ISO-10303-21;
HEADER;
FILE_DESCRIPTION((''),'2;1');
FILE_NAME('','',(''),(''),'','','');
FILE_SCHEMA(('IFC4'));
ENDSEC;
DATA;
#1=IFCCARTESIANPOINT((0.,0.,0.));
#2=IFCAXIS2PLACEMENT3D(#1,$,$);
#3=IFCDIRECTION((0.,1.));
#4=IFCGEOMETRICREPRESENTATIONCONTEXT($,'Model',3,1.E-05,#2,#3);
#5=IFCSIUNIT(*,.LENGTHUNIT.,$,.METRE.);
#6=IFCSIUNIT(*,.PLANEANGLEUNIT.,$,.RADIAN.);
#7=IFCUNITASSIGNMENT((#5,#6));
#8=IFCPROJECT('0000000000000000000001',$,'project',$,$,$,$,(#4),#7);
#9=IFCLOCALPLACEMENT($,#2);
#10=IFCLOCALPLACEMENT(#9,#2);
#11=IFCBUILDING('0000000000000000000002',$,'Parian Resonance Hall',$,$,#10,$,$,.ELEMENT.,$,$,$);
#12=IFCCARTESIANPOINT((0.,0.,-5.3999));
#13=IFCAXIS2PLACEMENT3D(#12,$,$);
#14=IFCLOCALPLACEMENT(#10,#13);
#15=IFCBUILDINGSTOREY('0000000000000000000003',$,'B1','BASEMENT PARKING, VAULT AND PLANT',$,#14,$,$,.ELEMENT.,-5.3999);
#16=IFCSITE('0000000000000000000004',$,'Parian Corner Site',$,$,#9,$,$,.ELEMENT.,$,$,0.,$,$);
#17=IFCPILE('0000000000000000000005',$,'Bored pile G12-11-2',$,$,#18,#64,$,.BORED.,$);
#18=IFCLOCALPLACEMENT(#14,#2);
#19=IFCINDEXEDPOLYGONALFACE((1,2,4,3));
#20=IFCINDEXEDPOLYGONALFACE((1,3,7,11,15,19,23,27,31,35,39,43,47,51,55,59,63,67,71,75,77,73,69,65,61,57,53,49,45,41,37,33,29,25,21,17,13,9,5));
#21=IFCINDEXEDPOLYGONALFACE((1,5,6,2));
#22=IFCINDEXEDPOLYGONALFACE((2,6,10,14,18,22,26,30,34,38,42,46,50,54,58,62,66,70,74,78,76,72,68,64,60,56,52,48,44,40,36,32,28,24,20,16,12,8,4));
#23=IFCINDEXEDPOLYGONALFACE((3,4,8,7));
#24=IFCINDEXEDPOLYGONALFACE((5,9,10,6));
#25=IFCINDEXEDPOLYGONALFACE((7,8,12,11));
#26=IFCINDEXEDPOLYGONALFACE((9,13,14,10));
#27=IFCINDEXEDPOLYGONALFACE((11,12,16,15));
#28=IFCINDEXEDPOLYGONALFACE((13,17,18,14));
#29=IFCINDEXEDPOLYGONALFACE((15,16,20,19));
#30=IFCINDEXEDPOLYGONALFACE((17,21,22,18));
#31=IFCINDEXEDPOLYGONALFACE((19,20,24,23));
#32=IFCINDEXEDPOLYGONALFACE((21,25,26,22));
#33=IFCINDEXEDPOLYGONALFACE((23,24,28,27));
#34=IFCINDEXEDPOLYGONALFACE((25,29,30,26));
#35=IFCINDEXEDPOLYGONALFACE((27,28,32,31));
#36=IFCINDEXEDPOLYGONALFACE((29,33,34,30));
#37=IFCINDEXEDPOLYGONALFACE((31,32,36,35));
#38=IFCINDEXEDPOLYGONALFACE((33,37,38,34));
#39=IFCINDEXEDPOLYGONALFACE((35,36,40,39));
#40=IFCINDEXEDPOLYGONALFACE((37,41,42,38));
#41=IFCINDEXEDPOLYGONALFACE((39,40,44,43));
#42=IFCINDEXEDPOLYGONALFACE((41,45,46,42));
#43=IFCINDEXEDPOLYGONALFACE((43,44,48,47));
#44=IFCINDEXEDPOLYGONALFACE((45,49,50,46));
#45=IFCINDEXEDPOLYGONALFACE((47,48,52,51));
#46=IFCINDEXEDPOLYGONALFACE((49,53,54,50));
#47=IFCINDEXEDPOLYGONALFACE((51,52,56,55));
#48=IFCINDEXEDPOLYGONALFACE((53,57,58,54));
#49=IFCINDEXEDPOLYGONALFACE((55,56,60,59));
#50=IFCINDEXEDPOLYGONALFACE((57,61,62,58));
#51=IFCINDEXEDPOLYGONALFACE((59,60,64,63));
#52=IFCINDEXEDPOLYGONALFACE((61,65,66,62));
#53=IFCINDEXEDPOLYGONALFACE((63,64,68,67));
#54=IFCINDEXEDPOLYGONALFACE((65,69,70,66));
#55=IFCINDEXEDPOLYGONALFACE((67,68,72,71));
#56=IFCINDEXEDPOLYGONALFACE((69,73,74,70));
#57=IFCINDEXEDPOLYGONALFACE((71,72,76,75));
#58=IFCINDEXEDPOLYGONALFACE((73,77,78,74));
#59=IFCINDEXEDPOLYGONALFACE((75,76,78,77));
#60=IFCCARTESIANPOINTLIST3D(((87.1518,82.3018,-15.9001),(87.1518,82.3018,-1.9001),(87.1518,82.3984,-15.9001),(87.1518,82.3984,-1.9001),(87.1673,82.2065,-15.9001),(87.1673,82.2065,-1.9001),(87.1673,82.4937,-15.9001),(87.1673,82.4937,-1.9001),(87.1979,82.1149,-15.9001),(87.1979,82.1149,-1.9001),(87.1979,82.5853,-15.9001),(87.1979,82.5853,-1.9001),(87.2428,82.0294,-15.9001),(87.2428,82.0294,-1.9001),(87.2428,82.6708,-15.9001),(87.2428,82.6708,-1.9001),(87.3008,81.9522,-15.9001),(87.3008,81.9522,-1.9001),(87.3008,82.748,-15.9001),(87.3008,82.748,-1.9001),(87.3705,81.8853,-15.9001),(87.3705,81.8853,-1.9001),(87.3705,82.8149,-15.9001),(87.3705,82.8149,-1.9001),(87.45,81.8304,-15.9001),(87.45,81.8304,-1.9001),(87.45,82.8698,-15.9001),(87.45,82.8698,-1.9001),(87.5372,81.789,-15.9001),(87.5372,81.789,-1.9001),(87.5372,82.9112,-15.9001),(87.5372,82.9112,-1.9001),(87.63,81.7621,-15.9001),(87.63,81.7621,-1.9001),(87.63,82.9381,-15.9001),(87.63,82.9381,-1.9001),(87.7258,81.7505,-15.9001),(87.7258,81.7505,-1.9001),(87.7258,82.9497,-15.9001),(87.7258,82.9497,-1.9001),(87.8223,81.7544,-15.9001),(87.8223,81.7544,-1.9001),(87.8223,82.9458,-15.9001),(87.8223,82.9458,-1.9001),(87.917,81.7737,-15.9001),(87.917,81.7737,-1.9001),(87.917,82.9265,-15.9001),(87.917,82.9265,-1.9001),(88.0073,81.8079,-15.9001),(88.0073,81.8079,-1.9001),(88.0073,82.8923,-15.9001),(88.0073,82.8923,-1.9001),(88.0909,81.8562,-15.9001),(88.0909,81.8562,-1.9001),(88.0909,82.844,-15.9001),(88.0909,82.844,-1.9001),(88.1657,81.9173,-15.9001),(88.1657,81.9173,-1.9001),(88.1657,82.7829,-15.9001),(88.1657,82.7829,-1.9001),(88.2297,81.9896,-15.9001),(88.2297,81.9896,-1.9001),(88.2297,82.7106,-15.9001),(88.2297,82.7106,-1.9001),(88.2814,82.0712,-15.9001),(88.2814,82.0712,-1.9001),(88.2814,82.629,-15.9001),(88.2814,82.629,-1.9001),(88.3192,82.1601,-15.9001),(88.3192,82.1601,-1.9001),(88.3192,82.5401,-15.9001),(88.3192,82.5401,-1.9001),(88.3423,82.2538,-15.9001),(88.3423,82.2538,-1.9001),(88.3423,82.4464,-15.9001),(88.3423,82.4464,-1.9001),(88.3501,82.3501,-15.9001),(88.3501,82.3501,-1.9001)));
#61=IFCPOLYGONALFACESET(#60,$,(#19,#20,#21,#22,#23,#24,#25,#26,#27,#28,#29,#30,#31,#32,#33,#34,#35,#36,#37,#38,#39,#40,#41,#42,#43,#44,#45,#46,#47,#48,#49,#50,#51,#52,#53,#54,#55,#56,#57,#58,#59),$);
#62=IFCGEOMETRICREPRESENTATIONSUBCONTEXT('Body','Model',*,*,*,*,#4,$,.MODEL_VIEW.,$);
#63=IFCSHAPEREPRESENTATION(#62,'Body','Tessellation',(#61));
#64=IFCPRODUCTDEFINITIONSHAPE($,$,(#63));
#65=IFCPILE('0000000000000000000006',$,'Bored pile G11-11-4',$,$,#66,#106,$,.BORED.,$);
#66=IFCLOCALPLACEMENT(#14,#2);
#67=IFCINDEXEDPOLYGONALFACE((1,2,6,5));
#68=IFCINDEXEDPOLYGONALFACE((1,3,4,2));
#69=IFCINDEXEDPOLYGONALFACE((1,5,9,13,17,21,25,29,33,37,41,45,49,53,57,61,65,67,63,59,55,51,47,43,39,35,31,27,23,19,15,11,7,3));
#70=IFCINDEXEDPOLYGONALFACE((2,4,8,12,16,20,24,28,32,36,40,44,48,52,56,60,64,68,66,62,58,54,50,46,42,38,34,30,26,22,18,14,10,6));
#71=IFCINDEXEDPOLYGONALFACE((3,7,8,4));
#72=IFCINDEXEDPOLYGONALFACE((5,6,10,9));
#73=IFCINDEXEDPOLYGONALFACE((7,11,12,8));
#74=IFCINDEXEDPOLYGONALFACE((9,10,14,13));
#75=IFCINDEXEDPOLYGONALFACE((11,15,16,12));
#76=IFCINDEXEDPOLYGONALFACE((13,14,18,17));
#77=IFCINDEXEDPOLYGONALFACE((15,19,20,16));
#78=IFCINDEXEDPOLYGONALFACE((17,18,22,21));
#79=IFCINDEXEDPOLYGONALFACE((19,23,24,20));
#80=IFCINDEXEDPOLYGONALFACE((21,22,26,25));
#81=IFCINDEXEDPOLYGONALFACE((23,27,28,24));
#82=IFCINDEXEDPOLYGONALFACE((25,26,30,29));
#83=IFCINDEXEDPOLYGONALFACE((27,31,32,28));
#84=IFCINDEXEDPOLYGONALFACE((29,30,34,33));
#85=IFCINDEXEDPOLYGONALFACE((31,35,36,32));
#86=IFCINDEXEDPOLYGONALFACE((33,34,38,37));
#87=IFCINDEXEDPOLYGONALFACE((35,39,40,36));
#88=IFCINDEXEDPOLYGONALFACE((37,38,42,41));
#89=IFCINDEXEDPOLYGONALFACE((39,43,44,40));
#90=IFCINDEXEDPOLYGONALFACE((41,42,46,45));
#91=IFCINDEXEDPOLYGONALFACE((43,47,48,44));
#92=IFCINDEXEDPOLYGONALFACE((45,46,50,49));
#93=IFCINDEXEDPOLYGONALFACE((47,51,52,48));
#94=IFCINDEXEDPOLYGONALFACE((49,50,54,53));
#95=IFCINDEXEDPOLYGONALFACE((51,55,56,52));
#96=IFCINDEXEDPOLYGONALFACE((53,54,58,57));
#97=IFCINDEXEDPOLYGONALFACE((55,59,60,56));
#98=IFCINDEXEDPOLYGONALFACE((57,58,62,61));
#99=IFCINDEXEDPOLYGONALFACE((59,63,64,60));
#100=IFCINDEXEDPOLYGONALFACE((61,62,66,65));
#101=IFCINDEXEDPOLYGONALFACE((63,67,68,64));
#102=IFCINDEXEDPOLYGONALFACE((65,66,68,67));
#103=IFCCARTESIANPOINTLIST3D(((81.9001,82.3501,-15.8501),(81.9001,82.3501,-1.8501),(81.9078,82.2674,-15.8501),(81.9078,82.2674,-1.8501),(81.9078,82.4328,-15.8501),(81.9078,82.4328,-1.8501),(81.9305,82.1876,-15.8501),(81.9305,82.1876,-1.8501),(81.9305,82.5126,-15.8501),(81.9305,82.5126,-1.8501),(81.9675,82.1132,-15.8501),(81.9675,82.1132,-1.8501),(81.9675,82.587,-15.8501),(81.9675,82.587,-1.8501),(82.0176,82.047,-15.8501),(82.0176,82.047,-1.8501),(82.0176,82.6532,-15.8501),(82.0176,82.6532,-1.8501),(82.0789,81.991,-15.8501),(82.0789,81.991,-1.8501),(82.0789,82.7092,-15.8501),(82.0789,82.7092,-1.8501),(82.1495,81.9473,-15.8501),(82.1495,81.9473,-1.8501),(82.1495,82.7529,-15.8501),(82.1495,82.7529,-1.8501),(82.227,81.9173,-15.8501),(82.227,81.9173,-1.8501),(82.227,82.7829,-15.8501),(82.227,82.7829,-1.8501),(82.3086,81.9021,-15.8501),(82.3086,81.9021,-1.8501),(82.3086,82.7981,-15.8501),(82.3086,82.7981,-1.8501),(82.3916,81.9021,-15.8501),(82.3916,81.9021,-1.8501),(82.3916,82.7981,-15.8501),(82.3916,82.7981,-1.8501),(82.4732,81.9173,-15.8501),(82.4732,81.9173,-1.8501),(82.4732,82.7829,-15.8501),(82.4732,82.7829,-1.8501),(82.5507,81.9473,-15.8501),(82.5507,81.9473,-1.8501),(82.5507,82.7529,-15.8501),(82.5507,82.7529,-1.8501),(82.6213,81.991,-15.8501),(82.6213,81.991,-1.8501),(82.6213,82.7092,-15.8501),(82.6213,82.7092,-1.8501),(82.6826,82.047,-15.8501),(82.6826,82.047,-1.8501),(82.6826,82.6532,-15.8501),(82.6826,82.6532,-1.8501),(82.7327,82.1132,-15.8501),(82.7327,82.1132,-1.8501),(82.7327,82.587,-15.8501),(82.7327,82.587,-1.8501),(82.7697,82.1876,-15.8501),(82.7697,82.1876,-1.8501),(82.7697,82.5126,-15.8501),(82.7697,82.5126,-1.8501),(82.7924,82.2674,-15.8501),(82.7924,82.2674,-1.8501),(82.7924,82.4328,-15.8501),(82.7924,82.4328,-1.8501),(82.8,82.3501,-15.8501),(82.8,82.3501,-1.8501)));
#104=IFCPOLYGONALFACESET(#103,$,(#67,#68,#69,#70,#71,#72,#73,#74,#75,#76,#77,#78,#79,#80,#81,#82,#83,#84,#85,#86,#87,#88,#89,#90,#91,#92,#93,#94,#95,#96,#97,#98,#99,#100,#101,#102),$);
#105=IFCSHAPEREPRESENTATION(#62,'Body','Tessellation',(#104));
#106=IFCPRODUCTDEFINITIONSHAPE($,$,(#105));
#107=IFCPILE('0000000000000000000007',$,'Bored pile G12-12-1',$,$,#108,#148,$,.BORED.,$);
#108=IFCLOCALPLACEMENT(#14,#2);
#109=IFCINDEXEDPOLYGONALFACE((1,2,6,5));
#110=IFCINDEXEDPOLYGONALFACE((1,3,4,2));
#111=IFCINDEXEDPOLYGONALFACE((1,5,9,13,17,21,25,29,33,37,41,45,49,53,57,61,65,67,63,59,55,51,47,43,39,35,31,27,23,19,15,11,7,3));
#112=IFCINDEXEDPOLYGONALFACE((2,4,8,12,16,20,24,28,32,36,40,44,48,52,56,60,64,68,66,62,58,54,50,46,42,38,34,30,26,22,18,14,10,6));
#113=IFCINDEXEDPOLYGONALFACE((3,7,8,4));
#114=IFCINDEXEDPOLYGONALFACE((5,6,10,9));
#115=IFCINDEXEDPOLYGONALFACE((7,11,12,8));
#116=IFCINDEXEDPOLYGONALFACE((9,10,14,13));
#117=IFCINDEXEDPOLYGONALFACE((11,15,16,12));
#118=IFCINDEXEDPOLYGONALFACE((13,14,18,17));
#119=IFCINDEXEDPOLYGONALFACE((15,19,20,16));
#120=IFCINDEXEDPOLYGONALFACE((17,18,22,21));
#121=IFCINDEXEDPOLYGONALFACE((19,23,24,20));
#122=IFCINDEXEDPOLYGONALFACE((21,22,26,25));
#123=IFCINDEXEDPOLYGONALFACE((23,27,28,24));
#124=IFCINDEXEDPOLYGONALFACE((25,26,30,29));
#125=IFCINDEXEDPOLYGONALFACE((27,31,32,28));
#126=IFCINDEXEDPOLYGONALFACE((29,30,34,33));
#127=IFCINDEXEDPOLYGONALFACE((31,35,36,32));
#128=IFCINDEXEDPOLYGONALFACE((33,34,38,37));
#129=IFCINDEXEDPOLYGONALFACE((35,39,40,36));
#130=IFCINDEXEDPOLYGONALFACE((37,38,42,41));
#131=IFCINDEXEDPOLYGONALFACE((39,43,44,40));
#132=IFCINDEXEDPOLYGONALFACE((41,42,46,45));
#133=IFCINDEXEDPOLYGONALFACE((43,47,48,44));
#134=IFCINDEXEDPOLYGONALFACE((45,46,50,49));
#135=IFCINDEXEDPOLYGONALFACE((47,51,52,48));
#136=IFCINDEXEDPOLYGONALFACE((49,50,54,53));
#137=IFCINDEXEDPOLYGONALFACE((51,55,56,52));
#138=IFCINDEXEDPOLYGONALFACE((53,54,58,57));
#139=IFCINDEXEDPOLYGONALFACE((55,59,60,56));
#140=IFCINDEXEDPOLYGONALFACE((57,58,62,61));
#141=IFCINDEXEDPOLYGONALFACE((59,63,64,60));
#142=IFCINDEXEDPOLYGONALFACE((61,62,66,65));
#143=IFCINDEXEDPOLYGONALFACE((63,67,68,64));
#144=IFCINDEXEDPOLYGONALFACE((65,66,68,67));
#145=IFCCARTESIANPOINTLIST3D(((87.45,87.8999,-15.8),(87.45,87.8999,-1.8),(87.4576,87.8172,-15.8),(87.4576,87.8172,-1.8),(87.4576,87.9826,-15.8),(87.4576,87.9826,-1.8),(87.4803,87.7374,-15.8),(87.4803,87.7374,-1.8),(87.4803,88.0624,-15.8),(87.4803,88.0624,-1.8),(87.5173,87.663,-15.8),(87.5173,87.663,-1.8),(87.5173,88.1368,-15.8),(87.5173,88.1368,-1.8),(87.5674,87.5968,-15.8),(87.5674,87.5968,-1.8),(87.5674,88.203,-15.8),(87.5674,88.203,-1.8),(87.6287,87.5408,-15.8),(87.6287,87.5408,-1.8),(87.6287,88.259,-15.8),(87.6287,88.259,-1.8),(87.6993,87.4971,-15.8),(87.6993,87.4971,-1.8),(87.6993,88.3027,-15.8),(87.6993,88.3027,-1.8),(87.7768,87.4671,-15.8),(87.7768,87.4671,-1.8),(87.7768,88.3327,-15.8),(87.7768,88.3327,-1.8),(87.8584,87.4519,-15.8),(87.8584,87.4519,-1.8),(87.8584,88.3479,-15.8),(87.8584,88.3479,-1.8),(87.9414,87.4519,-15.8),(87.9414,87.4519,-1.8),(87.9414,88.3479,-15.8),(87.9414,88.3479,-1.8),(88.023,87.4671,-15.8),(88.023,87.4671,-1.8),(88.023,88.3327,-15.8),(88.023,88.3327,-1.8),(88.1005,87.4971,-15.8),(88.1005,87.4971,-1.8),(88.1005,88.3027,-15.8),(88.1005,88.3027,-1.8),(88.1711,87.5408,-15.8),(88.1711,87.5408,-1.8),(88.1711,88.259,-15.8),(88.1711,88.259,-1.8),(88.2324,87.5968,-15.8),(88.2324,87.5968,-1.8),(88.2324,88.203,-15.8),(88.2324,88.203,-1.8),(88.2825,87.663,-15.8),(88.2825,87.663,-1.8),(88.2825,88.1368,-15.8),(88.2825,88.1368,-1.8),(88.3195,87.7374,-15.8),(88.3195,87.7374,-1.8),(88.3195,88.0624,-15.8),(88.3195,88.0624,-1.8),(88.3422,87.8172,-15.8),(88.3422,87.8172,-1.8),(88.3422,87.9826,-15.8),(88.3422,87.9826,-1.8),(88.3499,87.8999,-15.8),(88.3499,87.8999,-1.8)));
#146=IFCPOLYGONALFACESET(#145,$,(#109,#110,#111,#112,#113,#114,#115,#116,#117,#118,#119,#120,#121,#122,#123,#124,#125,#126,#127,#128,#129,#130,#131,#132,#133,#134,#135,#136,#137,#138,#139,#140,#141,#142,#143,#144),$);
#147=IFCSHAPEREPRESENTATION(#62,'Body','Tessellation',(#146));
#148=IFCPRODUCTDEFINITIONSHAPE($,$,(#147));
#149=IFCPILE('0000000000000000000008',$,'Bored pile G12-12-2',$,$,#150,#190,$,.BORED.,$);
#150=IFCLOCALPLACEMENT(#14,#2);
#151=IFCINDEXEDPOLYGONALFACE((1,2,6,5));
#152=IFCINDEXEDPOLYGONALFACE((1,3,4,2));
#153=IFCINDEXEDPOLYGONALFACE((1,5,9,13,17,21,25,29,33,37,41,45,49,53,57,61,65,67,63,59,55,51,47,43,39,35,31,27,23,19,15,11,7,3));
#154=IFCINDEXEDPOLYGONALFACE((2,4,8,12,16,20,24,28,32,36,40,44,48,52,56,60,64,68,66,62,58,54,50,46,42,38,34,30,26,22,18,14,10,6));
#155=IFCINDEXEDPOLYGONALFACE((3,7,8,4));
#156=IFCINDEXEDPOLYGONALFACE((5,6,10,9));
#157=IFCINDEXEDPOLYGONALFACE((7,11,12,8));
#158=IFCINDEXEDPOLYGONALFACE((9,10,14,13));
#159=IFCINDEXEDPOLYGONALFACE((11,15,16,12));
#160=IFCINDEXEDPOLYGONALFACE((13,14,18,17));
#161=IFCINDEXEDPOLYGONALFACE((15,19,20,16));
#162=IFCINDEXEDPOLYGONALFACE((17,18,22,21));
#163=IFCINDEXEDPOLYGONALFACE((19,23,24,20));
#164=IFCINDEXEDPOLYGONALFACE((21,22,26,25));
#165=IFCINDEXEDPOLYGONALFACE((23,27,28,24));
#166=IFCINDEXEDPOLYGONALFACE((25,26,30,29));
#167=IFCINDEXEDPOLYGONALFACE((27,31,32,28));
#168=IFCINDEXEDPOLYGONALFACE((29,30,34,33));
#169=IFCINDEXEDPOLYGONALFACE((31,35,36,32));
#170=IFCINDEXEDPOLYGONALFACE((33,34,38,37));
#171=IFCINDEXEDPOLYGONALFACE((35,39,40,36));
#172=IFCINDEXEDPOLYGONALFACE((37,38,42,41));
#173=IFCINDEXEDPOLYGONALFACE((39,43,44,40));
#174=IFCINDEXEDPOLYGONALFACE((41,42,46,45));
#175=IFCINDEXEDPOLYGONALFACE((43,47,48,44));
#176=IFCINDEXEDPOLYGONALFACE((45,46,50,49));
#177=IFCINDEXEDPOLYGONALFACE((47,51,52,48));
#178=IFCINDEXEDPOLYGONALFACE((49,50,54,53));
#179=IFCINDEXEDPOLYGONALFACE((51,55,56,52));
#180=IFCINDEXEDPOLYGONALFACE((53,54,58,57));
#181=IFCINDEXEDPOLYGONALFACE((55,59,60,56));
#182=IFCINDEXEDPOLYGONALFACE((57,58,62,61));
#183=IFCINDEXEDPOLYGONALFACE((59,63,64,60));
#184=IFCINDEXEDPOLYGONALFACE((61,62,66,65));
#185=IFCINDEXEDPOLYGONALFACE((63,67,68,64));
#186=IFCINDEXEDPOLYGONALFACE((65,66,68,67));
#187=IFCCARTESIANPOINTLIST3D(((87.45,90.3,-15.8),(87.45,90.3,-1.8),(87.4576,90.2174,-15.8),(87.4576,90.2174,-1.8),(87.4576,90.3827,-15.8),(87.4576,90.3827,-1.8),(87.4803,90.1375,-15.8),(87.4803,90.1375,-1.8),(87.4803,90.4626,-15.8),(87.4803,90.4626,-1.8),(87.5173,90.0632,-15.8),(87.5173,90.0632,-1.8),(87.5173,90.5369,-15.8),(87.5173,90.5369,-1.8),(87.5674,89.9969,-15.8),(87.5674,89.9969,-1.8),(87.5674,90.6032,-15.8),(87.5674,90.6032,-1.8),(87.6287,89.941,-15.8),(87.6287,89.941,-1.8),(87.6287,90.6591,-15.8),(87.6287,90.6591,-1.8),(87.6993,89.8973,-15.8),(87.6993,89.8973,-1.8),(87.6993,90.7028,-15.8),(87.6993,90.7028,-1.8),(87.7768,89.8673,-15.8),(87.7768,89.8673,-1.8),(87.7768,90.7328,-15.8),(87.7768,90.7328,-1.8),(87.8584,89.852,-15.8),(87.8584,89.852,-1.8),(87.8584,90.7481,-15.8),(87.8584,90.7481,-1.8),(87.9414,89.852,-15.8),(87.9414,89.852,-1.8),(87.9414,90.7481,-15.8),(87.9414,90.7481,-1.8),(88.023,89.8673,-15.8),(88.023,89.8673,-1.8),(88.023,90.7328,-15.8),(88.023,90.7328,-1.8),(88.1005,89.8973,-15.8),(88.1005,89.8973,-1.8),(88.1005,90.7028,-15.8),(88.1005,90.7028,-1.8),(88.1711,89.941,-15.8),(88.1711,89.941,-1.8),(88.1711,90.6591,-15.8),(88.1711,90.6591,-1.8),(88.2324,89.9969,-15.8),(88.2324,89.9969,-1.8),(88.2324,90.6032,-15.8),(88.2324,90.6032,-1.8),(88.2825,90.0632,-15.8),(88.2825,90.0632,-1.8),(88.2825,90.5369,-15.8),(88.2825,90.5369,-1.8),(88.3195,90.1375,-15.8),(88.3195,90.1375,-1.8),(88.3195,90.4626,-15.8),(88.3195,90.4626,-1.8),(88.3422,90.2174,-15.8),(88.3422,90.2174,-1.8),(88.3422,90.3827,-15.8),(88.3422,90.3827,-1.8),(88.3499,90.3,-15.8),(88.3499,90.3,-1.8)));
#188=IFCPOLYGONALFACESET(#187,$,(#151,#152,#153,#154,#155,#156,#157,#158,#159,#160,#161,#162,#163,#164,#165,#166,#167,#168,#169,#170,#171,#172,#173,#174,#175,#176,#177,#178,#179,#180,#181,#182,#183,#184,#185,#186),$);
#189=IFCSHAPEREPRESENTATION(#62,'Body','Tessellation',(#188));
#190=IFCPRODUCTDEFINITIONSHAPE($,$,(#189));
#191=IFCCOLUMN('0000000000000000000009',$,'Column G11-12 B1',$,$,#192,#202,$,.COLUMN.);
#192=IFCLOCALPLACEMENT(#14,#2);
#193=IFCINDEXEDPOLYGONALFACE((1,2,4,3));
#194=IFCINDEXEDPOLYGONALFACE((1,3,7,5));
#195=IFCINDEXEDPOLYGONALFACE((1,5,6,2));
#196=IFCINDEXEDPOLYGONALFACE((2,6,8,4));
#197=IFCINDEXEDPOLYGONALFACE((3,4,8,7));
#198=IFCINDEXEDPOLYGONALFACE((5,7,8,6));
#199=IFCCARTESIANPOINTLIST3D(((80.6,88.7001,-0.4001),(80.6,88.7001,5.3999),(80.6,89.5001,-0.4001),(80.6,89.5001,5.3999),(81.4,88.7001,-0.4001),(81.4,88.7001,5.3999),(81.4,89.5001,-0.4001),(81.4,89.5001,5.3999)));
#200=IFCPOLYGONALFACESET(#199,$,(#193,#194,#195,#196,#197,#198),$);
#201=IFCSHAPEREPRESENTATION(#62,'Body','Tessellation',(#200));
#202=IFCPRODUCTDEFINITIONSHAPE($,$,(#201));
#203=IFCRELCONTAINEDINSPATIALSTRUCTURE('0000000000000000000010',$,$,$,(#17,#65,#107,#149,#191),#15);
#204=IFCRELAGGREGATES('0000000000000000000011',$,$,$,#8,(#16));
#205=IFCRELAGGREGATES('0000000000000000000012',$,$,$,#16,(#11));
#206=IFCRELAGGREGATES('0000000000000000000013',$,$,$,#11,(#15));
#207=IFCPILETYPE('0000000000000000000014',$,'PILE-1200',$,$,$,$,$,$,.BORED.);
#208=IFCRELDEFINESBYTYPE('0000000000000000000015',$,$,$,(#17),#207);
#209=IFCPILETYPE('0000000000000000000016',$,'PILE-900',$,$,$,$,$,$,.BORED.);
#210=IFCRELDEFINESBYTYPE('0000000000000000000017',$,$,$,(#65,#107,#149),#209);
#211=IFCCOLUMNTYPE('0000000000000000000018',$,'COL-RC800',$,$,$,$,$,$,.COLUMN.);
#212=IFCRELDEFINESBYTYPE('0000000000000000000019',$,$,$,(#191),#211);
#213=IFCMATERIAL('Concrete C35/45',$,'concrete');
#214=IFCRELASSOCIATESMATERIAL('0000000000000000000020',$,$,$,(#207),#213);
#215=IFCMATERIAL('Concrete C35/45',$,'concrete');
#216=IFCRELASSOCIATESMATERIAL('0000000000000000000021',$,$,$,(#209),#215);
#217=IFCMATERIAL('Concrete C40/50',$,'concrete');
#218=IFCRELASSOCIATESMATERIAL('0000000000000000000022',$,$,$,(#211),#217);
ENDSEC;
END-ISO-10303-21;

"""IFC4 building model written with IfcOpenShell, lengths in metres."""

from ifc_helpers import new_model, si_unit, direction, frame, origin, origin_2d, place, context, subcontext, project, spatial, rectangle, circle, extrude, material, material_profile, profile_set, type_object, element, save


model = new_model("IFC4")

# Units and contexts
model_context = context("Model", 3, precision=1e-05, world=origin(), true_north=direction((0.0, 1.0)))
body_context = subcontext(model_context, "Body", "Model", "MODEL_VIEW")
ifc_project = project(units=[si_unit("LENGTHUNIT", "METRE"), si_unit("PLANEANGLEUNIT", "RADIAN")], contexts=[model_context])

# Site, building, storey
site_placement = place(None, origin())
site = spatial("IfcSite", under=ifc_project, at=site_placement, Name="Parian Corner Site", CompositionType="ELEMENT", RefElevation=0.0)
building_placement = place(site_placement, origin())
building = spatial("IfcBuilding", under=site, at=building_placement, Name="Parian Resonance Hall", CompositionType="ELEMENT")
storey_placement = place(building_placement, frame((0.0, 0.0, -5.3999)))
storey = spatial("IfcBuildingStorey", under=building, at=storey_placement, Name="B1", Description="BASEMENT PARKING, VAULT AND PLANT", CompositionType="ELEMENT", Elevation=-5.3999)

# Piles
ifc_material_1 = material(Name="Concrete C35/45", Category="concrete")
ifc_material_profile_1 = material_profile(ifc_material_1, circle(Radius=0.6001, at=origin_2d()), Name="PILE-D1200")
ifc_profile_set_1 = profile_set([ifc_material_profile_1], Name="Concrete C35/45")
pile_type_1 = type_object("IfcPileType", Name="PILE-1200", PredefinedType="BORED", material=ifc_profile_set_1)
for number, where, z_axis, x_axis, name in (
    (1, (87.75, 82.3501, -1.9001), (0.0, 0.0, -1.0), (1.0, 0.0, 0.0), "Bored pile G12-11-2"),
):
    element("IfcPile", number, at=place(storey_placement, frame(where, z_axis=z_axis, x_axis=x_axis)), inside=storey, type_object=pile_type_1, Name=name, PredefinedType="BORED", context=body_context, shape_type="SweptSolid", body=[
        extrude(circle(Radius=0.6001, at=origin_2d()), origin(), (0.0, 0.0, 1.0), 14.0),
    ])
ifc_material_2 = material(Name="Concrete C35/45", Category="concrete")
ifc_material_profile_2 = material_profile(ifc_material_2, circle(Radius=0.45, at=origin_2d()), Name="PILE-D900")
ifc_profile_set_2 = profile_set([ifc_material_profile_2], Name="Concrete C35/45")
pile_type_2 = type_object("IfcPileType", Name="PILE-900", PredefinedType="BORED", material=ifc_profile_set_2)
for number, where, z_axis, x_axis, name in (
    (2, (82.3501, 82.3501, -1.8501), (0.0, 0.0, -1.0), (1.0, 0.0, 0.0), "Bored pile G11-11-4"),
    (3, (87.8999, 87.8999, -1.8), (0.0, 0.0, -1.0), (1.0, 0.0, 0.0), "Bored pile G12-12-1"),
    (4, (87.8999, 90.3, -1.8), (0.0, 0.0, -1.0), (1.0, 0.0, 0.0), "Bored pile G12-12-2"),
):
    element("IfcPile", number, at=place(storey_placement, frame(where, z_axis=z_axis, x_axis=x_axis)), inside=storey, type_object=pile_type_2, Name=name, PredefinedType="BORED", context=body_context, shape_type="SweptSolid", body=[
        extrude(circle(Radius=0.45, at=origin_2d()), origin(), (0.0, 0.0, 1.0), 14.0),
    ])

# Column
ifc_material_3 = material(Name="Concrete C40/50", Category="concrete")
ifc_material_profile_3 = material_profile(ifc_material_3, rectangle(XDim=0.8, YDim=0.8, at=origin_2d()), Name="RC-COL-800x800")
ifc_profile_set_3 = profile_set([ifc_material_profile_3], Name="Concrete C40/50")
column_type = type_object("IfcColumnType", Name="COL-RC800", PredefinedType="COLUMN", material=ifc_profile_set_3)
for number, where, z_axis, x_axis, name in (
    (5, (81.0, 89.1001, -0.4001), (0.0, 0.0, 1.0), (1.0, 0.0, 0.0), "Column G11-12 B1"),
):
    element("IfcColumn", number, at=place(storey_placement, frame(where, z_axis=z_axis, x_axis=x_axis)), inside=storey, type_object=column_type, Name=name, PredefinedType="COLUMN", context=body_context, shape_type="SweptSolid", body=[
        extrude(rectangle(XDim=0.8, YDim=0.8, at=origin_2d()), origin(), (0.0, 0.0, 1.0), 5.8),
    ])

save(model, "model.ifc")
